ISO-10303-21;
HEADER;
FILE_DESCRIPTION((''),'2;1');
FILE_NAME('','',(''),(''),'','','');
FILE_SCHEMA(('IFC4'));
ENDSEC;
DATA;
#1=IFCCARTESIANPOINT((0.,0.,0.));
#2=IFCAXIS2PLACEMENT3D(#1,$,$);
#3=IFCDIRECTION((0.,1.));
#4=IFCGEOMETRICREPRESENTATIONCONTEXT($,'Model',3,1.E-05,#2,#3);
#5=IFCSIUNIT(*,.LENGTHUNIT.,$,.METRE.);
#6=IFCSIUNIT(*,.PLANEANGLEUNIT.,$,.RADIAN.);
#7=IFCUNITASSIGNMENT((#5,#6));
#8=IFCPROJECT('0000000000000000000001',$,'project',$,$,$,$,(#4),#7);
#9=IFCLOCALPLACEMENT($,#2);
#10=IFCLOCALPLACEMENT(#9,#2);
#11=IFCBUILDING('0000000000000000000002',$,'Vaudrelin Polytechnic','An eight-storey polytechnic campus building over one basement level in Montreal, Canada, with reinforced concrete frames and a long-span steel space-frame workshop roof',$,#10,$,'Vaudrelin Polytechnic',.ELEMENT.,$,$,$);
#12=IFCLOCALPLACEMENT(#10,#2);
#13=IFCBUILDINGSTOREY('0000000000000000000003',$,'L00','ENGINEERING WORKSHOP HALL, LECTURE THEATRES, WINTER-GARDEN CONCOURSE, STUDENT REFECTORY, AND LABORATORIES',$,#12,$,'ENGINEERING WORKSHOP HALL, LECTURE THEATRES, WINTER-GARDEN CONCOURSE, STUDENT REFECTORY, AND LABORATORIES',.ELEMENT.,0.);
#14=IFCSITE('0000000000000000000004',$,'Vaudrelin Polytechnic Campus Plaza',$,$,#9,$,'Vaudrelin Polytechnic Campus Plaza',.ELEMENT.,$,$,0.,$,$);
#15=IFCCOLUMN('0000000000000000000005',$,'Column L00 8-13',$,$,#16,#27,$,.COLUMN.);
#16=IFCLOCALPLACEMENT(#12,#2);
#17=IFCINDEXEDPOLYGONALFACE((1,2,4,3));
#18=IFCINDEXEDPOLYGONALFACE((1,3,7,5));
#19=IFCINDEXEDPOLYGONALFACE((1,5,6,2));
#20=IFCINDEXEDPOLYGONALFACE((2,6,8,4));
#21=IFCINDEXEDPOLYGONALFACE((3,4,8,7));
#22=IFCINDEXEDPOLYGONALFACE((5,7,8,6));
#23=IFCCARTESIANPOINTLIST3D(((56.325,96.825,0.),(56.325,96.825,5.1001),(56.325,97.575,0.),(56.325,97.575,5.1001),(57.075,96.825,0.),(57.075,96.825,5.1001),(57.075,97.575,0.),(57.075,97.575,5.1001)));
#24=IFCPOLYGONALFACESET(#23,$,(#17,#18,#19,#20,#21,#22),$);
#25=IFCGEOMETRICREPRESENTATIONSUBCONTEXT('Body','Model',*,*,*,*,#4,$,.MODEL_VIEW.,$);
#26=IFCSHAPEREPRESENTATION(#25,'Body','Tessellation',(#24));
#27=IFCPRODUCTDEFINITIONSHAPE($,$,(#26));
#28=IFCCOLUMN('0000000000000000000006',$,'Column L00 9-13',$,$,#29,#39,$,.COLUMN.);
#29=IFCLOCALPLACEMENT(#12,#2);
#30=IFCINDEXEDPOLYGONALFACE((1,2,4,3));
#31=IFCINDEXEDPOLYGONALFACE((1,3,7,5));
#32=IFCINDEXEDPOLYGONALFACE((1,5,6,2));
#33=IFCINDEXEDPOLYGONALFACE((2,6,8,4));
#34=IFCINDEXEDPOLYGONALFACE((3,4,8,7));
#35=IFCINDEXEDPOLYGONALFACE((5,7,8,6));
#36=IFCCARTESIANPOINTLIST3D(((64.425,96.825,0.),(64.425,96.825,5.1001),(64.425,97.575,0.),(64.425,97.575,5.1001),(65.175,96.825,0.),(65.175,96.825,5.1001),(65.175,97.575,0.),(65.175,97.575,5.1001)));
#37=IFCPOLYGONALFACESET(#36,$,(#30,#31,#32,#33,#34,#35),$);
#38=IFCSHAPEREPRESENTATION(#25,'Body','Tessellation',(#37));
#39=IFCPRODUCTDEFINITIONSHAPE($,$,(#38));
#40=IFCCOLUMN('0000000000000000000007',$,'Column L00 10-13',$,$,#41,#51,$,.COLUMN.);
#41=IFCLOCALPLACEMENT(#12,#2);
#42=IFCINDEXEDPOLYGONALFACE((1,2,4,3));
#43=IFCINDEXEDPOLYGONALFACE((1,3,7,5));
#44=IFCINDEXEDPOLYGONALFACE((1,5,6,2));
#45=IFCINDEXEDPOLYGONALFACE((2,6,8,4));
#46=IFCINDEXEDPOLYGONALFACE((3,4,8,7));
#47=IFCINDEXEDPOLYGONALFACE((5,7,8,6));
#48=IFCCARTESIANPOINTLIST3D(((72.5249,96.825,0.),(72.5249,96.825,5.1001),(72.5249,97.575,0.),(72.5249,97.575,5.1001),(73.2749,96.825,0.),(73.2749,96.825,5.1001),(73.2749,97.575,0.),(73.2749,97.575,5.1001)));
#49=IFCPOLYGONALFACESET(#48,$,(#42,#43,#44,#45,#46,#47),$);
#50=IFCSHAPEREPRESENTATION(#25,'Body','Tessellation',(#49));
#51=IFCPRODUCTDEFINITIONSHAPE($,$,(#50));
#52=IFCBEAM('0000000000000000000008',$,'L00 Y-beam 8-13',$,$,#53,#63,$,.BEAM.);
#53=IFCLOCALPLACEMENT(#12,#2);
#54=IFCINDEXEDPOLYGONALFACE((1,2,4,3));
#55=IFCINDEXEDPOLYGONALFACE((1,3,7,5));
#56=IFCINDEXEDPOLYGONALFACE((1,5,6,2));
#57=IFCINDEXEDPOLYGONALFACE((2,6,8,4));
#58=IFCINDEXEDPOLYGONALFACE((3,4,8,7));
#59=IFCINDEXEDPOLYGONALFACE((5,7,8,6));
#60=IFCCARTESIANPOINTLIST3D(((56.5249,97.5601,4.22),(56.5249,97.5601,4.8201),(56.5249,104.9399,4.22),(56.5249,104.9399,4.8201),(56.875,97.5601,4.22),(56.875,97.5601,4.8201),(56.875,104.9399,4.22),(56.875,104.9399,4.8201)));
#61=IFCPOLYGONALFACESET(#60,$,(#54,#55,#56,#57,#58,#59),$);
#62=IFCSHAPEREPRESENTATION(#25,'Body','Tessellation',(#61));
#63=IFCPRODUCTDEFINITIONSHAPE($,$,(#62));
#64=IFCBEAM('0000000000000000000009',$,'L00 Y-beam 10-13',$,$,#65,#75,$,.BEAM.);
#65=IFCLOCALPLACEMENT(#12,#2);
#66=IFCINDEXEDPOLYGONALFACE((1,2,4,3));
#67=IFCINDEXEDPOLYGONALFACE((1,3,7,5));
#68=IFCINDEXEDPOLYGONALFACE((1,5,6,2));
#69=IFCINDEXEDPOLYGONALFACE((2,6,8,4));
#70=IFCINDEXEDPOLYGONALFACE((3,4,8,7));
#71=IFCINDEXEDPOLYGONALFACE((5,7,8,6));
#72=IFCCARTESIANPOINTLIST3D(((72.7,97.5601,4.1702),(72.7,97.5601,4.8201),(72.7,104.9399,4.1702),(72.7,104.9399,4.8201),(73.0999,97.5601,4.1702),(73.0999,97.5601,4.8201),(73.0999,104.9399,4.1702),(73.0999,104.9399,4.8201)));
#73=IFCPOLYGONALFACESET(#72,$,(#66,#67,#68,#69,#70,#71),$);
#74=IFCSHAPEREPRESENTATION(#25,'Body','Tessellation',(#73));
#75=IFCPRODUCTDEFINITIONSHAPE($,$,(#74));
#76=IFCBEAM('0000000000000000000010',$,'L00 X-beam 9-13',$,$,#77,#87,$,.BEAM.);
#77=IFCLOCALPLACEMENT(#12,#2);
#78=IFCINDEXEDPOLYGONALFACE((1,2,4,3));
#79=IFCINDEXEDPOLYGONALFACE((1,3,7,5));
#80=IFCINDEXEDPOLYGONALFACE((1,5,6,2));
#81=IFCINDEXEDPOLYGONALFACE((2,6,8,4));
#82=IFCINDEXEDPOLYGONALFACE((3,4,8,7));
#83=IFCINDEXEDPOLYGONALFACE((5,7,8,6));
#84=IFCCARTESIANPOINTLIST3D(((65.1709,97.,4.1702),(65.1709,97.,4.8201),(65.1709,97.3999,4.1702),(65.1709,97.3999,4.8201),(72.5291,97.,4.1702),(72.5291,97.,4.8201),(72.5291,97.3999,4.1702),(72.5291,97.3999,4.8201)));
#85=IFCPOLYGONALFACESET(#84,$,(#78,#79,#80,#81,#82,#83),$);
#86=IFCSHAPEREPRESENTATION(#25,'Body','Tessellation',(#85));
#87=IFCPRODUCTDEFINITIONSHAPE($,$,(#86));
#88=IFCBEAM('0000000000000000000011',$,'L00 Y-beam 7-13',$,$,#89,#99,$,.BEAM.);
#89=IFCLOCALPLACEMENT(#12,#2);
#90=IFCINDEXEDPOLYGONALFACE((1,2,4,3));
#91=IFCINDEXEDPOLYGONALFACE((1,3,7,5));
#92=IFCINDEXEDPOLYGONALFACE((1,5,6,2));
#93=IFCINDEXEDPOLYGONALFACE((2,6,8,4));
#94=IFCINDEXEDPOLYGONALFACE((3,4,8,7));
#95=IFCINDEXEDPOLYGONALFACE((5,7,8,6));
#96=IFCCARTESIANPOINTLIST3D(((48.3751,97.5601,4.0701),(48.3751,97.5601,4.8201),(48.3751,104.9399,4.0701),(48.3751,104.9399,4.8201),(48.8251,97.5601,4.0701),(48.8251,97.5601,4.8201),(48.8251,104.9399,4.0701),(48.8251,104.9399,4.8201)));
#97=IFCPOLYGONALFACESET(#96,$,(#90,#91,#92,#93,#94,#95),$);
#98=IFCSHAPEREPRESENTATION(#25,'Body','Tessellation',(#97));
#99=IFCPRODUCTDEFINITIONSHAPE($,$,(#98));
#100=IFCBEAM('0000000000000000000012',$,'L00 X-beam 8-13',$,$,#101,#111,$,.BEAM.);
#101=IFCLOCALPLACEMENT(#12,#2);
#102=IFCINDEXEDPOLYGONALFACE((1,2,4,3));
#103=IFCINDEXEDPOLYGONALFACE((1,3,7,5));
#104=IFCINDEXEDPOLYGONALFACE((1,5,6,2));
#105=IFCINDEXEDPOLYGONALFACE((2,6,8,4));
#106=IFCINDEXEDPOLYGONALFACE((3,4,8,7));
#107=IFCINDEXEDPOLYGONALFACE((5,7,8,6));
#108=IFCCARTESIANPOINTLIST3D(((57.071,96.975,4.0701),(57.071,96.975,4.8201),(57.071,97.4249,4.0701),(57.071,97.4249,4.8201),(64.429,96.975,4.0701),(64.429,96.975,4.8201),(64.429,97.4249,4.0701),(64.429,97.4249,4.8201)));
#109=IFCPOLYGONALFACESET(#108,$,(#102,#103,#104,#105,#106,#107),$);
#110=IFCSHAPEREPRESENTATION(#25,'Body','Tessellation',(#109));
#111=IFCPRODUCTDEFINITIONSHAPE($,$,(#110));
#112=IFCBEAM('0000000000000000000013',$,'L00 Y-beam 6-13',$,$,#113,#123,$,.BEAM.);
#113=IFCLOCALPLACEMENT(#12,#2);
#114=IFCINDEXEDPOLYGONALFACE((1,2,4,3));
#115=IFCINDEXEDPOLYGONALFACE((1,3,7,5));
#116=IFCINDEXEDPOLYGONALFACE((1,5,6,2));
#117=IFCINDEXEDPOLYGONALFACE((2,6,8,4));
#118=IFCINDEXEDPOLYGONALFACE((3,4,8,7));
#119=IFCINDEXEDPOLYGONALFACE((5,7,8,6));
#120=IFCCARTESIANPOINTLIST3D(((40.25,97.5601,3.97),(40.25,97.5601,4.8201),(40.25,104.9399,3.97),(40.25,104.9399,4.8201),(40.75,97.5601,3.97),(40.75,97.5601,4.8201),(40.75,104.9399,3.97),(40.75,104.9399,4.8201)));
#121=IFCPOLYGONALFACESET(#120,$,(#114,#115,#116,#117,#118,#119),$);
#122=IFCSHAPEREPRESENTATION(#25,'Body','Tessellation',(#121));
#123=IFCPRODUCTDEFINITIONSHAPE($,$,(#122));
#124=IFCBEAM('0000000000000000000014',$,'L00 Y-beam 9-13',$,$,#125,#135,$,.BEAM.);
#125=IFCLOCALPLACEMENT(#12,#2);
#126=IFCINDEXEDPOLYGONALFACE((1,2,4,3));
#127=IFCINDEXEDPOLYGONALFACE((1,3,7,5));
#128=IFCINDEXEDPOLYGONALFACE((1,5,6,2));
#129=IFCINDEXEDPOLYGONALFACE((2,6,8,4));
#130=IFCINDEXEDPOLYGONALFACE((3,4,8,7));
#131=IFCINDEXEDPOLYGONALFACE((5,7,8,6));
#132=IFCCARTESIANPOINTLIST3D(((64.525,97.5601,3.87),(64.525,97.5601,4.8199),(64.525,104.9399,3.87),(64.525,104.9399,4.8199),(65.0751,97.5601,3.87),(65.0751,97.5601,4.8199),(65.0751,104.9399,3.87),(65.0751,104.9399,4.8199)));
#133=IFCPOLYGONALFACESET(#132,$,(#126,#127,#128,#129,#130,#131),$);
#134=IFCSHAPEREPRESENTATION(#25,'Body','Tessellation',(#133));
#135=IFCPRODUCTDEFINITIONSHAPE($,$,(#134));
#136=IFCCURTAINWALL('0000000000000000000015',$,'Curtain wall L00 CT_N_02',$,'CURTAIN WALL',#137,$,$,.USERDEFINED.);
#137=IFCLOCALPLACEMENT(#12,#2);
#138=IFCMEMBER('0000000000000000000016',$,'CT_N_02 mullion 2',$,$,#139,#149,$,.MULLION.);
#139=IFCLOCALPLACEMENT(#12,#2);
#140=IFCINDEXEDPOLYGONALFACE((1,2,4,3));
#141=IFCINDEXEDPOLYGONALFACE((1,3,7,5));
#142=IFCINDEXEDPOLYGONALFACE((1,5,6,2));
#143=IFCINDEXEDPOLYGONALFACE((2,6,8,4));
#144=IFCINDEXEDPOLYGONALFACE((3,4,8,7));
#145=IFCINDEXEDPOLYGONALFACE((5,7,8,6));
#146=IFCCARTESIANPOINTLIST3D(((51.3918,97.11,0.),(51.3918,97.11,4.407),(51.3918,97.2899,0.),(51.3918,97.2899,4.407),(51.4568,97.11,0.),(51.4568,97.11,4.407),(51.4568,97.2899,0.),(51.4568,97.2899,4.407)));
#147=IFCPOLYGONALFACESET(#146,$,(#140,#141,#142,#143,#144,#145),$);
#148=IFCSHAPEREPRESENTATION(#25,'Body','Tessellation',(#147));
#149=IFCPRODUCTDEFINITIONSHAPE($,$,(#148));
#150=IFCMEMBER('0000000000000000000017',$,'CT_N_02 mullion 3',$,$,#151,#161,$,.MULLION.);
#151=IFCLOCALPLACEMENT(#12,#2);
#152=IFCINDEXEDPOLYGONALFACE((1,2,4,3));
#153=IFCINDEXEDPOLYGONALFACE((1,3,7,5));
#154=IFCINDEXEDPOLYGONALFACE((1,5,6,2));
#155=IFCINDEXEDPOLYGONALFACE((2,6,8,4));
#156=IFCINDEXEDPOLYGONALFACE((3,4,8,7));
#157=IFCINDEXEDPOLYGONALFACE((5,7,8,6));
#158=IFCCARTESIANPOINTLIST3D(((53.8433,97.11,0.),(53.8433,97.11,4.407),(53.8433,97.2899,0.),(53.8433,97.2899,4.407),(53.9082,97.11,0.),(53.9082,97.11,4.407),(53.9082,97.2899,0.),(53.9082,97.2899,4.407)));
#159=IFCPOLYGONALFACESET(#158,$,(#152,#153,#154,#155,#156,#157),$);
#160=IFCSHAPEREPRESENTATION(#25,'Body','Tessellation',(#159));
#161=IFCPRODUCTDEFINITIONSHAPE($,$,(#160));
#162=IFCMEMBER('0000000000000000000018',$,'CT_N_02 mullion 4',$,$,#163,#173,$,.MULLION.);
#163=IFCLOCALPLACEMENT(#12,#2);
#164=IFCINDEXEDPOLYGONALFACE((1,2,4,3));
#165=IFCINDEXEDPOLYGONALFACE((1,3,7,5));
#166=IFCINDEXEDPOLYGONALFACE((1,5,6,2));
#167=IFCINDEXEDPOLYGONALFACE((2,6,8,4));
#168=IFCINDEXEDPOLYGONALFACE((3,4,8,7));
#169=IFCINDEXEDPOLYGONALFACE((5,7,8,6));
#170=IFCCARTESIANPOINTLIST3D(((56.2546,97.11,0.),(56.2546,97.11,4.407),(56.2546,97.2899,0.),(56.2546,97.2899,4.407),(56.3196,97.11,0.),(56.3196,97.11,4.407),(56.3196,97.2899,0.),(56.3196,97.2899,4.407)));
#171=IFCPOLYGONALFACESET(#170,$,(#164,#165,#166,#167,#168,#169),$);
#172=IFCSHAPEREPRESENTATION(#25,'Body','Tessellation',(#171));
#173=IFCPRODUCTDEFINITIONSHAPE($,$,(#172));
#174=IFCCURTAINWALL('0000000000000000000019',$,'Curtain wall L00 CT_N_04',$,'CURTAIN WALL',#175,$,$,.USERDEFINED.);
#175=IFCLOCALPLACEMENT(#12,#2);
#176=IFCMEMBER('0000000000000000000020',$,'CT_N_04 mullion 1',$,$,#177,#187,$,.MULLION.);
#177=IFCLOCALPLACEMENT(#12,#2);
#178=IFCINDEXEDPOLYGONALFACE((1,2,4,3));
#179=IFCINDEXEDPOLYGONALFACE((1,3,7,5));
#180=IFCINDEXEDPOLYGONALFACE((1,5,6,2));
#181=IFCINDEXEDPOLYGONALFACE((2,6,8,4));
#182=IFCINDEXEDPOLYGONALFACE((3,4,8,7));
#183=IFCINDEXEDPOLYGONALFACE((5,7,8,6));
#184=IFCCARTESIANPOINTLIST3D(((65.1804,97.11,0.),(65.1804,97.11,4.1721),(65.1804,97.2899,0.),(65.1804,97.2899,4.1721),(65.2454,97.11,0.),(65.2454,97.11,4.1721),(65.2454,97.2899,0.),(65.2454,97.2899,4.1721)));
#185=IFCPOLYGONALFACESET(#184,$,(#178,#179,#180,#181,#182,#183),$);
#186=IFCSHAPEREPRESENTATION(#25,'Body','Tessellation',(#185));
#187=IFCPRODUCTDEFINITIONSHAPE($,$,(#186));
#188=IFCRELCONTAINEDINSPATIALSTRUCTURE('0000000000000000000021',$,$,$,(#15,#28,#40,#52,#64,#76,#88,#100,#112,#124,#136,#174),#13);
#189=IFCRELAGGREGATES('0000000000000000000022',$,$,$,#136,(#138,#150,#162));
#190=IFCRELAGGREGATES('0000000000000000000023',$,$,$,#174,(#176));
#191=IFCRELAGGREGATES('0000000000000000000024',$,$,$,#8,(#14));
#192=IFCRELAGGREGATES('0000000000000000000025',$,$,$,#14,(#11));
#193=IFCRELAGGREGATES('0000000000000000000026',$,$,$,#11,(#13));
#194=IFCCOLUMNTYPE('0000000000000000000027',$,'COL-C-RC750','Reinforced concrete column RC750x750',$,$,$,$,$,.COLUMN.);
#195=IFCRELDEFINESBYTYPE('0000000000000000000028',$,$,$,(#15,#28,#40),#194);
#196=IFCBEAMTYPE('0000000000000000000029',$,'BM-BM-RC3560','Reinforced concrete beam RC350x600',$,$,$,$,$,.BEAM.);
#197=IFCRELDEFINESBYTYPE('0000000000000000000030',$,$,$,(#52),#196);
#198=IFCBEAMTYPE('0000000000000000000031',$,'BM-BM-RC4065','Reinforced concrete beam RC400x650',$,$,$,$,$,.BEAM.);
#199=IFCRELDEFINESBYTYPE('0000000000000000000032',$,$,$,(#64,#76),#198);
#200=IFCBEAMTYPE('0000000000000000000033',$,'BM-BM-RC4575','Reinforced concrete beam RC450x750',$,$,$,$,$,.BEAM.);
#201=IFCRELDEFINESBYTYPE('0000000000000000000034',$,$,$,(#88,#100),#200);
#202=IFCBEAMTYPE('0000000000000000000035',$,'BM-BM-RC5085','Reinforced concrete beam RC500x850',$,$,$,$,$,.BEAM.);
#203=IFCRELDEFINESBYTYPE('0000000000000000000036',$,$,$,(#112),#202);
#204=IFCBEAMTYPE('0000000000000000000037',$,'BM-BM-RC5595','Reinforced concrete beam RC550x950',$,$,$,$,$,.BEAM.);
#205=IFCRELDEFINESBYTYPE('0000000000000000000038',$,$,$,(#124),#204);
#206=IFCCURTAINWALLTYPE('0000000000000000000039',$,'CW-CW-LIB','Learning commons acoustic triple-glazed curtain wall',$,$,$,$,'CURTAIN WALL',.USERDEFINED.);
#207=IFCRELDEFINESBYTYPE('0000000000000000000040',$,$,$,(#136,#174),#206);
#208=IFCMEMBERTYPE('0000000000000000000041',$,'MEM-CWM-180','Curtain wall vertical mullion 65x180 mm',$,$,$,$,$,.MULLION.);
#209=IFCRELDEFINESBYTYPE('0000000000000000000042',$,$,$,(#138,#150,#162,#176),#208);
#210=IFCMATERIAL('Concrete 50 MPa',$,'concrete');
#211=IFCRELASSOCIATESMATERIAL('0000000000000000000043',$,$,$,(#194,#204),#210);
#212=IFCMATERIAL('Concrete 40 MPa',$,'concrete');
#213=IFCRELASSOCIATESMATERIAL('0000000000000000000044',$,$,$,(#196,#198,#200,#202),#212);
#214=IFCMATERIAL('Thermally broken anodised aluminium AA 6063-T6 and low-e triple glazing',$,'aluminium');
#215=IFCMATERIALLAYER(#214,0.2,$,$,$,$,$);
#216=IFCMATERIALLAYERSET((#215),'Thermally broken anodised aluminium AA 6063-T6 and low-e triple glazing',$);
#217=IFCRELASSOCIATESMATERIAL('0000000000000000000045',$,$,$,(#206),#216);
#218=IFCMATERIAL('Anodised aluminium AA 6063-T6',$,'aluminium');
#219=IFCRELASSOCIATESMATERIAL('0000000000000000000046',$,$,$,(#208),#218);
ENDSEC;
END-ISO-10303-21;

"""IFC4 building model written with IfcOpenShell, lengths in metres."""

from ifc_helpers import new_model, si_unit, direction, frame, origin, origin_2d, place, context, subcontext, project, spatial, rectangle, extrude, material, layer, layer_set, material_profile, profile_set, type_object, element, aggregate, save


model = new_model("IFC4")

# Units and contexts
model_context = context("Model", 3, precision=1e-05, world=origin(), true_north=direction((0.0, 1.0)))
body_context = subcontext(model_context, "Body", "Model", "MODEL_VIEW")
ifc_project = project(units=[si_unit("LENGTHUNIT", "METRE"), si_unit("PLANEANGLEUNIT", "RADIAN")], contexts=[model_context])

# Site, building, storey
site_placement = place(None, origin())
site = spatial("IfcSite", under=ifc_project, at=site_placement, Name="Vaudrelin Polytechnic Campus Plaza", LongName="Vaudrelin Polytechnic Campus Plaza", CompositionType="ELEMENT", RefElevation=0.0)
building_placement = place(site_placement, origin())
building = spatial("IfcBuilding", under=site, at=building_placement, Name="Vaudrelin Polytechnic", Description="An eight-storey polytechnic campus building over one basement level in Montreal, Canada, with reinforced concrete frames and a long-span steel space-frame workshop roof", LongName="Vaudrelin Polytechnic", CompositionType="ELEMENT")
storey_placement = place(building_placement, origin())
storey = spatial("IfcBuildingStorey", under=building, at=storey_placement, Name="L00", Description="ENGINEERING WORKSHOP HALL, LECTURE THEATRES, WINTER-GARDEN CONCOURSE, STUDENT REFECTORY, AND LABORATORIES", LongName="ENGINEERING WORKSHOP HALL, LECTURE THEATRES, WINTER-GARDEN CONCOURSE, STUDENT REFECTORY, AND LABORATORIES", CompositionType="ELEMENT", Elevation=0.0)

# Columns
ifc_material_1 = material(Name="Concrete 50 MPa", Category="concrete")
ifc_material_profile_1 = material_profile(ifc_material_1, rectangle(XDim=0.75, YDim=0.75, at=origin_2d()), Name="RC750x750")
ifc_profile_set_1 = profile_set([ifc_material_profile_1], Name="Concrete 50 MPa")
column_type = type_object("IfcColumnType", Name="COL-C-RC750", Description="Reinforced concrete column RC750x750", PredefinedType="COLUMN", material=ifc_profile_set_1)
for number, where, z_axis, x_axis, name in (
    (1, (56.7, 97.2, 0.0), (0.0, 0.0, 1.0), (1.0, 0.0, 0.0), "Column L00 8-13"),
    (2, (64.8, 97.2, 0.0), (0.0, 0.0, 1.0), (1.0, 0.0, 0.0), "Column L00 9-13"),
    (3, (72.8999, 97.2, 0.0), (0.0, 0.0, 1.0), (1.0, 0.0, 0.0), "Column L00 10-13"),
):
    element("IfcColumn", number, at=place(storey_placement, frame(where, z_axis=z_axis, x_axis=x_axis)), inside=storey, type_object=column_type, Name=name, PredefinedType="COLUMN", context=body_context, shape_type="SweptSolid", body=[
        extrude(rectangle(XDim=0.75, YDim=0.75, at=origin_2d()), origin(), (0.0, 0.0, 1.0), 5.1001),
    ])

# Beams
ifc_material_2 = material(Name="Concrete 40 MPa", Category="concrete")
ifc_material_profile_2 = material_profile(ifc_material_2, rectangle(XDim=0.3501, YDim=0.6001, at=origin_2d()), Name="RC350x600")
ifc_profile_set_2 = profile_set([ifc_material_profile_2], Name="Concrete 40 MPa")
beam_type_1 = type_object("IfcBeamType", Name="BM-BM-RC3560", Description="Reinforced concrete beam RC350x600", PredefinedType="BEAM", material=ifc_profile_set_2)
beam_1_placement = place(storey_placement, frame((56.7, 97.5601, 4.52), z_axis=(0.0, 1.0, 0.0), x_axis=(-1.0, 0.0, 0.0)))
element("IfcBeam", 4, at=beam_1_placement, inside=storey, type_object=beam_type_1, Name="L00 Y-beam 8-13", PredefinedType="BEAM", context=body_context, shape_type="SweptSolid", body=[
    extrude(rectangle(XDim=0.3501, YDim=0.6001, at=origin_2d()), origin(), (0.0, 0.0, 1.0), 7.3799),
])
ifc_material_profile_3 = material_profile(ifc_material_2, rectangle(XDim=0.3999, YDim=0.6499, at=origin_2d()), Name="RC400x650")
ifc_profile_set_3 = profile_set([ifc_material_profile_3], Name="Concrete 40 MPa")
beam_type_2 = type_object("IfcBeamType", Name="BM-BM-RC4065", Description="Reinforced concrete beam RC400x650", PredefinedType="BEAM", material=ifc_profile_set_3)
beam_2_placement = place(storey_placement, frame((72.8999, 97.5601, 4.4951), z_axis=(0.0, 1.0, 0.0), x_axis=(-1.0, 0.0, 0.0)))
element("IfcBeam", 5, at=beam_2_placement, inside=storey, type_object=beam_type_2, Name="L00 Y-beam 10-13", PredefinedType="BEAM", context=body_context, shape_type="SweptSolid", body=[
    extrude(rectangle(XDim=0.3999, YDim=0.6499, at=origin_2d()), origin(), (0.0, 0.0, 1.0), 7.3799),
])
beam_3_placement = place(storey_placement, frame((65.1709, 97.2, 4.4951), z_axis=(1.0, 0.0, 0.0), x_axis=(0.0, 1.0, 0.0)))
element("IfcBeam", 6, at=beam_3_placement, inside=storey, type_object=beam_type_2, Name="L00 X-beam 9-13", PredefinedType="BEAM", context=body_context, shape_type="SweptSolid", body=[
    extrude(rectangle(XDim=0.3999, YDim=0.6499, at=origin_2d()), origin(), (0.0, 0.0, 1.0), 7.3582),
])
ifc_material_profile_4 = material_profile(ifc_material_2, rectangle(XDim=0.45, YDim=0.75, at=origin_2d()), Name="RC450x750")
ifc_profile_set_4 = profile_set([ifc_material_profile_4], Name="Concrete 40 MPa")
beam_type_3 = type_object("IfcBeamType", Name="BM-BM-RC4575", Description="Reinforced concrete beam RC450x750", PredefinedType="BEAM", material=ifc_profile_set_4)
beam_4_placement = place(storey_placement, frame((48.6001, 97.5601, 4.4451), z_axis=(0.0, 1.0, 0.0), x_axis=(-1.0, 0.0, 0.0)))
element("IfcBeam", 7, at=beam_4_placement, inside=storey, type_object=beam_type_3, Name="L00 Y-beam 7-13", PredefinedType="BEAM", context=body_context, shape_type="SweptSolid", body=[
    extrude(rectangle(XDim=0.45, YDim=0.75, at=origin_2d()), origin(), (0.0, 0.0, 1.0), 7.3799),
])
beam_5_placement = place(storey_placement, frame((57.071, 97.2, 4.4451), z_axis=(1.0, 0.0, 0.0), x_axis=(0.0, 1.0, 0.0)))
element("IfcBeam", 8, at=beam_5_placement, inside=storey, type_object=beam_type_3, Name="L00 X-beam 8-13", PredefinedType="BEAM", context=body_context, shape_type="SweptSolid", body=[
    extrude(rectangle(XDim=0.45, YDim=0.75, at=origin_2d()), origin(), (0.0, 0.0, 1.0), 7.3579),
])
ifc_material_profile_5 = material_profile(ifc_material_2, rectangle(XDim=0.5, YDim=0.8501, at=origin_2d()), Name="RC500x850")
ifc_profile_set_5 = profile_set([ifc_material_profile_5], Name="Concrete 40 MPa")
beam_type_4 = type_object("IfcBeamType", Name="BM-BM-RC5085", Description="Reinforced concrete beam RC500x850", PredefinedType="BEAM", material=ifc_profile_set_5)
beam_6_placement = place(storey_placement, frame((40.5, 97.5601, 4.395), z_axis=(0.0, 1.0, 0.0), x_axis=(-1.0, 0.0, 0.0)))
element("IfcBeam", 9, at=beam_6_placement, inside=storey, type_object=beam_type_4, Name="L00 Y-beam 6-13", PredefinedType="BEAM", context=body_context, shape_type="SweptSolid", body=[
    extrude(rectangle(XDim=0.5, YDim=0.8501, at=origin_2d()), origin(), (0.0, 0.0, 1.0), 7.3799),
])
ifc_material_profile_6 = material_profile(ifc_material_1, rectangle(XDim=0.55, YDim=0.95, at=origin_2d()), Name="RC550x950")
ifc_profile_set_6 = profile_set([ifc_material_profile_6], Name="Concrete 50 MPa")
beam_type_5 = type_object("IfcBeamType", Name="BM-BM-RC5595", Description="Reinforced concrete beam RC550x950", PredefinedType="BEAM", material=ifc_profile_set_6)
beam_7_placement = place(storey_placement, frame((64.8, 97.5601, 4.345), z_axis=(0.0, 1.0, 0.0), x_axis=(-1.0, 0.0, 0.0)))
element("IfcBeam", 10, at=beam_7_placement, inside=storey, type_object=beam_type_5, Name="L00 Y-beam 9-13", PredefinedType="BEAM", context=body_context, shape_type="SweptSolid", body=[
    extrude(rectangle(XDim=0.55, YDim=0.95, at=origin_2d()), origin(), (0.0, 0.0, 1.0), 7.3799),
])

# Curtain walls, members
ifc_material_3 = material(Name="Thermally broken anodised aluminium AA 6063-T6 and low-e triple glazing", Category="aluminium")
ifc_layer_1 = layer(ifc_material_3, 0.2)
ifc_layer_set_1 = layer_set([ifc_layer_1], Name="Thermally broken anodised aluminium AA 6063-T6 and low-e triple glazing")
curtain_wall_type = type_object("IfcCurtainWallType", Name="CW-CW-LIB", Description="Learning commons acoustic triple-glazed curtain wall", ElementType="CURTAIN WALL", PredefinedType="USERDEFINED", material=ifc_layer_set_1)
curtain_wall_1_placement = place(storey_placement, origin())
curtain_wall_1 = element("IfcCurtainWall", 11, at=curtain_wall_1_placement, inside=storey, type_object=curtain_wall_type, Name="Curtain wall L00 CT_N_02", ObjectType="CURTAIN WALL", PredefinedType="USERDEFINED")
ifc_material_4 = material(Name="Anodised aluminium AA 6063-T6", Category="aluminium")
ifc_material_profile_7 = material_profile(ifc_material_4, rectangle(XDim=0.0649, YDim=0.1799, at=origin_2d()), Name="CWM-65x180")
ifc_profile_set_7 = profile_set([ifc_material_profile_7], Name="Anodised aluminium AA 6063-T6")
member_type_1 = type_object("IfcMemberType", Name="MEM-CWM-180", Description="Curtain wall vertical mullion 65x180 mm", PredefinedType="MULLION", material=ifc_profile_set_7)
member_1_placement = place(storey_placement, frame((51.4243, 97.2, 0.0), z_axis=(0.0, 0.0, 1.0), x_axis=(1.0, 0.0, 0.0)))
member_1 = element("IfcMember", 12, at=member_1_placement, type_object=member_type_1, Name="CT_N_02 mullion 2", PredefinedType="MULLION", context=body_context, shape_type="SweptSolid", body=[
    extrude(rectangle(XDim=0.0649, YDim=0.1799, at=origin_2d()), origin(), (0.0, 0.0, 1.0), 4.407),
])
member_2_placement = place(storey_placement, frame((53.8757, 97.2, 0.0), z_axis=(0.0, 0.0, 1.0), x_axis=(1.0, 0.0, 0.0)))
member_2 = element("IfcMember", 13, at=member_2_placement, type_object=member_type_1, Name="CT_N_02 mullion 3", PredefinedType="MULLION", context=body_context, shape_type="SweptSolid", body=[
    extrude(rectangle(XDim=0.0649, YDim=0.1799, at=origin_2d()), origin(), (0.0, 0.0, 1.0), 4.407),
])
member_3_placement = place(storey_placement, frame((56.2871, 97.2, 0.0), z_axis=(0.0, 0.0, 1.0), x_axis=(1.0, 0.0, 0.0)))
member_3 = element("IfcMember", 14, at=member_3_placement, type_object=member_type_1, Name="CT_N_02 mullion 4", PredefinedType="MULLION", context=body_context, shape_type="SweptSolid", body=[
    extrude(rectangle(XDim=0.0649, YDim=0.1799, at=origin_2d()), origin(), (0.0, 0.0, 1.0), 4.407),
])
curtain_wall_2_placement = place(storey_placement, origin())
curtain_wall_2 = element("IfcCurtainWall", 15, at=curtain_wall_2_placement, inside=storey, type_object=curtain_wall_type, Name="Curtain wall L00 CT_N_04", ObjectType="CURTAIN WALL", PredefinedType="USERDEFINED")
member_4_placement = place(storey_placement, frame((65.2129, 97.2, 0.0), z_axis=(0.0, 0.0, 1.0), x_axis=(1.0, 0.0, 0.0)))
member_4 = element("IfcMember", 16, at=member_4_placement, type_object=member_type_1, Name="CT_N_04 mullion 1", PredefinedType="MULLION", context=body_context, shape_type="SweptSolid", body=[
    extrude(rectangle(XDim=0.0649, YDim=0.1799, at=origin_2d()), origin(), (0.0, 0.0, 1.0), 4.1721),
])

aggregate(curtain_wall_1, [member_1, member_2, member_3])
aggregate(curtain_wall_2, [member_4])

save(model, "model.ifc")
